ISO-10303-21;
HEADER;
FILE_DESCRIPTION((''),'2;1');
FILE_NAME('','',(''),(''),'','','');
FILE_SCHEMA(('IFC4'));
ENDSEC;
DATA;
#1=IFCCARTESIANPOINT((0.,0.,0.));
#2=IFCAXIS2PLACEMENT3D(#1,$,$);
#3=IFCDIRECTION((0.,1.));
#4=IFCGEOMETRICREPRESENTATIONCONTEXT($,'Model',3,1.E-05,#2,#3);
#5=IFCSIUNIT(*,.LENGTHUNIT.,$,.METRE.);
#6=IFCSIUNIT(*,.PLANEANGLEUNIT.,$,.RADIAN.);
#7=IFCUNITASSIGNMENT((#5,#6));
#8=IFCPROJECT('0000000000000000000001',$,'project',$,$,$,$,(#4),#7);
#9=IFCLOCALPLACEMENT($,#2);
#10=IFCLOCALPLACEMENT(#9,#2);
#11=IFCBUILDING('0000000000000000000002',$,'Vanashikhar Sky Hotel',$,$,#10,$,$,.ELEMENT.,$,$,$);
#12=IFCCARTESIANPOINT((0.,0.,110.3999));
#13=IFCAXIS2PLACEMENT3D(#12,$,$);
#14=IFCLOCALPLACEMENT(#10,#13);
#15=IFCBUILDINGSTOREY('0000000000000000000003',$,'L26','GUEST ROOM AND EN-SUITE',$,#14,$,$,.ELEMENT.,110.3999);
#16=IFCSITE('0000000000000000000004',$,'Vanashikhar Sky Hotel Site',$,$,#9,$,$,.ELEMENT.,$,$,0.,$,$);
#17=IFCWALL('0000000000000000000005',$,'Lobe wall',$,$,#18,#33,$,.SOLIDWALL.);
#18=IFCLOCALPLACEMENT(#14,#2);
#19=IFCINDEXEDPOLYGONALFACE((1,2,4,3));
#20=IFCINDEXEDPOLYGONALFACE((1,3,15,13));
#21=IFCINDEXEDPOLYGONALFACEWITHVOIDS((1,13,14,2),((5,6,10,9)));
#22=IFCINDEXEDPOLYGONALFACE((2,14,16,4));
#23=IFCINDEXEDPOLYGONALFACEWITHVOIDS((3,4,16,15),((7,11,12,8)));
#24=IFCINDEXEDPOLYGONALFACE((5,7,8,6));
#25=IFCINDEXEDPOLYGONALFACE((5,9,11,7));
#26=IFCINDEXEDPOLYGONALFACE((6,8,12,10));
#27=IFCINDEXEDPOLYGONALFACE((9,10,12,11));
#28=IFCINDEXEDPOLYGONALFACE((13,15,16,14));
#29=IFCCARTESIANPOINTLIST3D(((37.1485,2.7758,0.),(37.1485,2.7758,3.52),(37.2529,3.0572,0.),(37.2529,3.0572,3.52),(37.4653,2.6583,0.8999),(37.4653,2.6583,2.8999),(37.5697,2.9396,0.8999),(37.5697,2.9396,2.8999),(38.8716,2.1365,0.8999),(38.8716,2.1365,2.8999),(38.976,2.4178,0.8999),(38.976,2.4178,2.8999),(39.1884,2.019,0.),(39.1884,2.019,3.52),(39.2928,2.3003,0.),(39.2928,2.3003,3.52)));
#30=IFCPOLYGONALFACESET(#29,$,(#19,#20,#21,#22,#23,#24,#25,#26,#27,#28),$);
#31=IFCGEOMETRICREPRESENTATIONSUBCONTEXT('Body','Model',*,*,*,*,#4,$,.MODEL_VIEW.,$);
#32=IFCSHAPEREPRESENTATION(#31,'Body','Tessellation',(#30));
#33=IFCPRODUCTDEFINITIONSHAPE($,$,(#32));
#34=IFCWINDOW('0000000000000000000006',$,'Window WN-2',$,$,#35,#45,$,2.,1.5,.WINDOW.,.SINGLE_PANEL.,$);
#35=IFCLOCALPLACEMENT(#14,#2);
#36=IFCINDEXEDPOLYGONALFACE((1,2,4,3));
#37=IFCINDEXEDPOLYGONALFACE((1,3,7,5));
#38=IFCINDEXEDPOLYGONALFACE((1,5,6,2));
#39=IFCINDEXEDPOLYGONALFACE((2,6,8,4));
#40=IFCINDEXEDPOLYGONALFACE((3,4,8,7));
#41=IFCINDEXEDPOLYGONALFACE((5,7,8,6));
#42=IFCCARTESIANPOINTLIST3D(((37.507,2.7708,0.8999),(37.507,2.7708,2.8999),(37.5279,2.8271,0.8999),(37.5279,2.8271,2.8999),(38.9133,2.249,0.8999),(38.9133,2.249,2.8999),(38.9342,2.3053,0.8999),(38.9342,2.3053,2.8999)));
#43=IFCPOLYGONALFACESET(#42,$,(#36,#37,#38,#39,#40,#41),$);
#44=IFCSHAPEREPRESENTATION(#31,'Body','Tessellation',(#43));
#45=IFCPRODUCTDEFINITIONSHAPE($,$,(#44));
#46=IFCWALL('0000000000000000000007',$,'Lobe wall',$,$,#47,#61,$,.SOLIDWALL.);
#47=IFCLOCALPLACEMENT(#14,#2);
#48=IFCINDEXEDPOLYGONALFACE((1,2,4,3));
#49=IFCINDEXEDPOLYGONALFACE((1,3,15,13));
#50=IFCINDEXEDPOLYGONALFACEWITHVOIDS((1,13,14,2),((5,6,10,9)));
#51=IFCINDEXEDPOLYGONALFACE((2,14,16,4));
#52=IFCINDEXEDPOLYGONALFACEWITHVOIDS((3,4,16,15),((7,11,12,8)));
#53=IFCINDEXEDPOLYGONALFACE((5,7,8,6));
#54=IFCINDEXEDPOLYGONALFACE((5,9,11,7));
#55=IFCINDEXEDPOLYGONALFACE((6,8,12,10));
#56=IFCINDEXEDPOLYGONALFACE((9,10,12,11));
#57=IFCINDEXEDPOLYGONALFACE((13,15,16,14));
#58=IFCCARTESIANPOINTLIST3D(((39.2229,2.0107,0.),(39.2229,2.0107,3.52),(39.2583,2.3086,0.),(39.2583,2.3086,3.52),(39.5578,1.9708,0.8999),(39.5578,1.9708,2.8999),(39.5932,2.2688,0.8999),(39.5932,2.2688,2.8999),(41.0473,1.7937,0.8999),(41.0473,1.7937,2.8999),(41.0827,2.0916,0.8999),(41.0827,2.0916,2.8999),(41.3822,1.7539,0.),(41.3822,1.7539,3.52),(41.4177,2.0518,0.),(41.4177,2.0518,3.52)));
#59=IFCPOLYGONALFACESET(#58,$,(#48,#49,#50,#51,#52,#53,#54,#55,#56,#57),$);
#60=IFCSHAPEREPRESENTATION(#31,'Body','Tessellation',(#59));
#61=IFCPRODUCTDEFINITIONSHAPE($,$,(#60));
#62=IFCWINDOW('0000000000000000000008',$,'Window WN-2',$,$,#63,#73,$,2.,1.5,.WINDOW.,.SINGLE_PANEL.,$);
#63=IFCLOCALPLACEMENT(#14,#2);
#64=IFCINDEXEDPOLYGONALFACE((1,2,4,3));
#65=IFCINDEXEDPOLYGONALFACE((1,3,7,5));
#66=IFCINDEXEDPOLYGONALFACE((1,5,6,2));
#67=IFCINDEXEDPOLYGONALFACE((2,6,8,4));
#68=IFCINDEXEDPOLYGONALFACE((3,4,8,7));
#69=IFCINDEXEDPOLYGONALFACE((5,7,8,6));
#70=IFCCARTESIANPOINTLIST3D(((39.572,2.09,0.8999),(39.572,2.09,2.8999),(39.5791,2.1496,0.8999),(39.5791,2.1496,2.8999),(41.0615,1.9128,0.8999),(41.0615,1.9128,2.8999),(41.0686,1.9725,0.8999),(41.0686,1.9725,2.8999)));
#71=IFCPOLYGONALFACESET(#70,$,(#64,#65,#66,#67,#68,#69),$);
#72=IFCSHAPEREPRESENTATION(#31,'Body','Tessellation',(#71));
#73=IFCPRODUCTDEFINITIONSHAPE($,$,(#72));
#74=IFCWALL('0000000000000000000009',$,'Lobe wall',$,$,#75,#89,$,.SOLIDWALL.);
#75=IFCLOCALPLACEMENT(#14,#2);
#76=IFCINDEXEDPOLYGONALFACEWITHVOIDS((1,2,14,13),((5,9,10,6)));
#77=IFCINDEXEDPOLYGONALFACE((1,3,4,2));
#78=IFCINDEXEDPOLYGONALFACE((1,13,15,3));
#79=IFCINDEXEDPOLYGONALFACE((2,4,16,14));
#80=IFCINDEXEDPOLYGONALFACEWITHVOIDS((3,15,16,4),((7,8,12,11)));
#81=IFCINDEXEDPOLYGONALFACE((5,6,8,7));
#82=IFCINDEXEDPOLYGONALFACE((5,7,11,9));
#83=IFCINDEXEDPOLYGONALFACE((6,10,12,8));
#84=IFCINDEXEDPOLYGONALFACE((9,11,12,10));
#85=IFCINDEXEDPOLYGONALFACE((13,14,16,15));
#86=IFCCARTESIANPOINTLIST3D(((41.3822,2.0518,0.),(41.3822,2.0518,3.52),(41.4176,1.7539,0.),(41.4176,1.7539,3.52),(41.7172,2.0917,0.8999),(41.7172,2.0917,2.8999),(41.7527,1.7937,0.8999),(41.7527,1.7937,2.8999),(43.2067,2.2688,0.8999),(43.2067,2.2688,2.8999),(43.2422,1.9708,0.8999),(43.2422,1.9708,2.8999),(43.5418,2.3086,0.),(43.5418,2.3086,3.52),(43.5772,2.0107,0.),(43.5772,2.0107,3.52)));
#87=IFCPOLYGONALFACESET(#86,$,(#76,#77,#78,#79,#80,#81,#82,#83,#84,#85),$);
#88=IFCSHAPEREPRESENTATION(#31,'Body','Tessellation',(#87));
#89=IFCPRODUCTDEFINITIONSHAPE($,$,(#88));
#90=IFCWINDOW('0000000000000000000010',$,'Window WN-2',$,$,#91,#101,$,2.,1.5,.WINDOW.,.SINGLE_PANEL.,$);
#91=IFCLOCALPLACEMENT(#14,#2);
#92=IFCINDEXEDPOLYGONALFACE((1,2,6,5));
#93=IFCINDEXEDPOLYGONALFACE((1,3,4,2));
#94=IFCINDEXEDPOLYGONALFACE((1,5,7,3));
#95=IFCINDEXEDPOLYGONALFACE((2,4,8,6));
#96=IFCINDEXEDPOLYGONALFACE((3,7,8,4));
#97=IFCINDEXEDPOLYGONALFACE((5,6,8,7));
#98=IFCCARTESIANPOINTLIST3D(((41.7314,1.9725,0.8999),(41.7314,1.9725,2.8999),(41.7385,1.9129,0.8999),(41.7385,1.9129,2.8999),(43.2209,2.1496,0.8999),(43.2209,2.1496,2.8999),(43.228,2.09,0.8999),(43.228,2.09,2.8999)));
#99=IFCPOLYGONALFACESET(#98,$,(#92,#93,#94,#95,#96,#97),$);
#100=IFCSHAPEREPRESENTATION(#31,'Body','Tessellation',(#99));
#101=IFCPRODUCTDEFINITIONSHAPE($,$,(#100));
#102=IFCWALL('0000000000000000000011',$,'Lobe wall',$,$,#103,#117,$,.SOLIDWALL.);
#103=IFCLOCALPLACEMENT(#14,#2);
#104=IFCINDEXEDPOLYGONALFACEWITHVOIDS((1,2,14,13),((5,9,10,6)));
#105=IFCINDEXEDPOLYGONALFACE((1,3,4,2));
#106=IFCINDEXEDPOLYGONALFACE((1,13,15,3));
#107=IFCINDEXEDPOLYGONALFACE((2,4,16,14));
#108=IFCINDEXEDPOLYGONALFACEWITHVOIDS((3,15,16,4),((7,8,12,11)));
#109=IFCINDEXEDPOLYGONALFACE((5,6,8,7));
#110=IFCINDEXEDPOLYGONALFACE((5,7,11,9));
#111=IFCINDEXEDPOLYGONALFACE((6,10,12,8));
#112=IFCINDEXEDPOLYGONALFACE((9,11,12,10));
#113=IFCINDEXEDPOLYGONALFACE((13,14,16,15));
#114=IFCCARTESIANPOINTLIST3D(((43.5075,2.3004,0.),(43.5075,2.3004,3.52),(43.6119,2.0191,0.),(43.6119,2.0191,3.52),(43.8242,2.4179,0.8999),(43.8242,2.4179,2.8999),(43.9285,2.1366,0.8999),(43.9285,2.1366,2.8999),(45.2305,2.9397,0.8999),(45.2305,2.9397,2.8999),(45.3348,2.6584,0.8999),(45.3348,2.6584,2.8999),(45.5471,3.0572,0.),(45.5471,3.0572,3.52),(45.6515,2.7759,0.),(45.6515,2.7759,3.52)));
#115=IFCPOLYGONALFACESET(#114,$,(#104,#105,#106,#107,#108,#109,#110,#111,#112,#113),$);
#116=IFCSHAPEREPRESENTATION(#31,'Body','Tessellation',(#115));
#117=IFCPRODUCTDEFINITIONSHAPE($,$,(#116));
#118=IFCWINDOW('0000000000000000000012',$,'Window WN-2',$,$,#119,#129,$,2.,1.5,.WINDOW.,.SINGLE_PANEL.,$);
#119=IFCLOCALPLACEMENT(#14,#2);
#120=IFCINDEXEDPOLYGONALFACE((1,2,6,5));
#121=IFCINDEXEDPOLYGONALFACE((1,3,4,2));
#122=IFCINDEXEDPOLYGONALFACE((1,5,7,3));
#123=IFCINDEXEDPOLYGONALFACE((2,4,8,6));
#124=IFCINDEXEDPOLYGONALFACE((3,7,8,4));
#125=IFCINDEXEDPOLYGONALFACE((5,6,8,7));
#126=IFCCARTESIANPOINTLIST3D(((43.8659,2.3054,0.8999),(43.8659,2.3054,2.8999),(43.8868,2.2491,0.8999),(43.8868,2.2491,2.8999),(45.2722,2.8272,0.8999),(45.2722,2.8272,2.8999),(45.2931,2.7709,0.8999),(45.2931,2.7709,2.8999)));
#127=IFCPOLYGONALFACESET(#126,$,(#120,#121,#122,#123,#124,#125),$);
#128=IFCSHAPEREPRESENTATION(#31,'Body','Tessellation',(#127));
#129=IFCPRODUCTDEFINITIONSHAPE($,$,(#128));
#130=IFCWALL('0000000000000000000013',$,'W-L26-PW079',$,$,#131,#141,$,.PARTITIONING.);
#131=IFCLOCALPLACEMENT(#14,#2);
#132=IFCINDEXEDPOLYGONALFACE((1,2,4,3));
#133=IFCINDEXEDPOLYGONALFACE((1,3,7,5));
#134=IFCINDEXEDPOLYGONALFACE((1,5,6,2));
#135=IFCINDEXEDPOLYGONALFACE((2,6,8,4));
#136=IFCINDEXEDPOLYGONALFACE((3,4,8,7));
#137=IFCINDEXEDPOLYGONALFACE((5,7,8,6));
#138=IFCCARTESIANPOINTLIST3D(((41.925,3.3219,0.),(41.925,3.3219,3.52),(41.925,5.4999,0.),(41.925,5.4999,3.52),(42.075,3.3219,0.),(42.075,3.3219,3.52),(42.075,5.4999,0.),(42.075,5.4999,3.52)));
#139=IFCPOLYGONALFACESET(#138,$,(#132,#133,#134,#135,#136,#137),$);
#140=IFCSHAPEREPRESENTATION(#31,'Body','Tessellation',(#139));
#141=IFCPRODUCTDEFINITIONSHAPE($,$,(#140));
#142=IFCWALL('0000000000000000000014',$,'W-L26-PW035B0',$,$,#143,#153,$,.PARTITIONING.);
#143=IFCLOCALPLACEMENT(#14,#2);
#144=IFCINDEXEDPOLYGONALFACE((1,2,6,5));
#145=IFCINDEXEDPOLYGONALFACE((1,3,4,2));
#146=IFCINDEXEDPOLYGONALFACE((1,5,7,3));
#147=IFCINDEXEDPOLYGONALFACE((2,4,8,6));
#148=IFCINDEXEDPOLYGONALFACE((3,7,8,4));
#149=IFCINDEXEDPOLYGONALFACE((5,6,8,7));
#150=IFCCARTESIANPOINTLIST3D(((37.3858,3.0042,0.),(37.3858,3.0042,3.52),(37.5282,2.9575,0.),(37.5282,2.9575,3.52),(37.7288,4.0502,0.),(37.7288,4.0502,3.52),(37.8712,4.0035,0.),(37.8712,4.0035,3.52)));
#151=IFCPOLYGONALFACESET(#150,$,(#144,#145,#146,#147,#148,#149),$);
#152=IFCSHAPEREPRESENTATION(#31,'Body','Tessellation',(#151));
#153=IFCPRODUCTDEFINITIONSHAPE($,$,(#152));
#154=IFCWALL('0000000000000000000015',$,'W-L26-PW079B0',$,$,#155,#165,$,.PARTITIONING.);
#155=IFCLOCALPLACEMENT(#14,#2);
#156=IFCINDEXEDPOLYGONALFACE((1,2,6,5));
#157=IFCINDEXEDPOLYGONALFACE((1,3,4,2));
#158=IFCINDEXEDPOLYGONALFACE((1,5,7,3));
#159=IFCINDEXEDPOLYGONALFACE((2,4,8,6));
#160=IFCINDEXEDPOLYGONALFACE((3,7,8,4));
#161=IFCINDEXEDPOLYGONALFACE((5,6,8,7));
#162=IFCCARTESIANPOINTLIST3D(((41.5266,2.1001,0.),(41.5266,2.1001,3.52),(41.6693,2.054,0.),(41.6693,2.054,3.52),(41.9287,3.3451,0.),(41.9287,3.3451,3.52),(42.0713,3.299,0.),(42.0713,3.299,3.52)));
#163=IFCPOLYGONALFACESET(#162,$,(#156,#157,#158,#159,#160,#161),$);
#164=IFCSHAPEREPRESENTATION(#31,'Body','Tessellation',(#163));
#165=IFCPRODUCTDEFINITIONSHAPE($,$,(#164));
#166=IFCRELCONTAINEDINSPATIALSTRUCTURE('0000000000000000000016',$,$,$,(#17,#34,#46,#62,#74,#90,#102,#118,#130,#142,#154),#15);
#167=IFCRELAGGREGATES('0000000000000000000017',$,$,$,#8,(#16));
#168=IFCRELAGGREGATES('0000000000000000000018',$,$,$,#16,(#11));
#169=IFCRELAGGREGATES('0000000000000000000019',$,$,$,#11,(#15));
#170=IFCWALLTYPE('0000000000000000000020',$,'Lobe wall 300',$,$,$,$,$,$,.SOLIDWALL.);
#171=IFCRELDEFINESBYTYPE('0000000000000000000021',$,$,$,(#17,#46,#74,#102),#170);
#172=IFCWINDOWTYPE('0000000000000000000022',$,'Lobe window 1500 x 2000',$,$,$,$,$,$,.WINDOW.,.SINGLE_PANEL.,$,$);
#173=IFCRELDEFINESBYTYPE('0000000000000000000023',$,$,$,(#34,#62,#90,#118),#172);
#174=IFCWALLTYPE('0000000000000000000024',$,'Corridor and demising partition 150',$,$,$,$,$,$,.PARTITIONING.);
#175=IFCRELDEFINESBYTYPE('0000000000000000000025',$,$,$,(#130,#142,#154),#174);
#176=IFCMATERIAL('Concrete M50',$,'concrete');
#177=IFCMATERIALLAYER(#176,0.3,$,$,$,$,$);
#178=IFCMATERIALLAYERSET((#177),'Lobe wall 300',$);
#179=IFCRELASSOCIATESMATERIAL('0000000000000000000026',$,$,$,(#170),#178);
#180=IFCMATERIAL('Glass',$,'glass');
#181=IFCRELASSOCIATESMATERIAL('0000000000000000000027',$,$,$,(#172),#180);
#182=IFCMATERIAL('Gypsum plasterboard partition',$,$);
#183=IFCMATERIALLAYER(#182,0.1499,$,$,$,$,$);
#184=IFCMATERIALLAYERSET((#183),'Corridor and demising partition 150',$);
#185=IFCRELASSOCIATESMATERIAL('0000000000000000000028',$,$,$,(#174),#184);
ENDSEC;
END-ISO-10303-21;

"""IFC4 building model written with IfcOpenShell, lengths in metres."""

from ifc_helpers import new_model, si_unit, direction, frame, frame_2d, origin, place, context, subcontext, project, spatial, rectangle, extrude, source, transform, mapped, material, layer, layer_set, type_object, element, fill, save


model = new_model("IFC4")

# Units and contexts
model_context = context("Model", 3, precision=1e-05, world=origin(), true_north=direction((0.0, 1.0)))
body_context = subcontext(model_context, "Body", "Model", "MODEL_VIEW")
ifc_project = project(units=[si_unit("LENGTHUNIT", "METRE"), si_unit("PLANEANGLEUNIT", "RADIAN")], contexts=[model_context])

# Site, building, storey
site_placement = place(None, origin())
site = spatial("IfcSite", under=ifc_project, at=site_placement, Name="Vanashikhar Sky Hotel Site", CompositionType="ELEMENT", RefElevation=0.0)
building_placement = place(site_placement, origin())
building = spatial("IfcBuilding", under=site, at=building_placement, Name="Vanashikhar Sky Hotel", CompositionType="ELEMENT")
storey_placement = place(building_placement, frame((0.0, 0.0, 110.3999)))
storey = spatial("IfcBuildingStorey", under=building, at=storey_placement, Name="L26", Description="GUEST ROOM AND EN-SUITE", CompositionType="ELEMENT", Elevation=110.3999)

# Walls, openings, windows
ifc_material_1 = material(Name="Concrete M50", Category="concrete")
ifc_layer_1 = layer(ifc_material_1, 0.3)
ifc_layer_set_1 = layer_set([ifc_layer_1], Name="Lobe wall 300")
wall_type_1 = type_object("IfcWallType", Name="Lobe wall 300", PredefinedType="SOLIDWALL", material=ifc_layer_set_1)
shared_shape_1 = source(origin(), body_context, "Body", "SweptSolid", [
    extrude(rectangle(XDim=2.1758, YDim=0.3, at=frame_2d((1.0879, 0.0))), origin(), (0.0, 0.0, 1.0), 3.52),
])
wall_1_placement = place(storey_placement, frame((37.2007, 2.9165, 0.0), z_axis=(0.0, 0.0, 1.0), x_axis=(0.937546, -0.347863, 0.0)))
wall_1 = element("IfcWall", 1, at=wall_1_placement, inside=storey, type_object=wall_type_1, Name="Lobe wall", PredefinedType="SOLIDWALL", context=body_context, shape_type="MappedRepresentation", body=[
    mapped(shared_shape_1, transform((0.0, 0.0, 0.0), scale=1.0)),
])
shared_shape_2 = source(origin(), body_context, "Body", "SweptSolid", [
    extrude(rectangle(XDim=1.5, YDim=2.0, at=frame_2d((0.75, 1.0))), frame((0.0, 0.1602, 0.0), z_axis=(0.0, -1.0, 0.0), x_axis=(1.0, 0.0, 0.0)), (0.0, 0.0, 1.0), 0.3201),
])
opening_1_placement = place(wall_1_placement, frame((0.3379, 0.0, 0.8999)))
opening_1 = element("IfcOpeningElement", 2, at=opening_1_placement, cuts=wall_1, PredefinedType="OPENING", context=body_context, shape_type="MappedRepresentation", body=[
    mapped(shared_shape_2, transform((0.0, 0.0, 0.0), scale=1.0)),
])
ifc_material_2 = material(Name="Glass", Category="glass")
window_type = type_object("IfcWindowType", Name="Lobe window 1500 x 2000", PartitioningType="SINGLE_PANEL", PredefinedType="WINDOW", material=ifc_material_2)
shared_shape_3 = source(origin(), body_context, "Body", "SweptSolid", [
    extrude(rectangle(XDim=1.5, YDim=2.0, at=frame_2d((0.75, 1.0))), frame((0.0, 0.03, 0.0), z_axis=(0.0, -1.0, 0.0), x_axis=(1.0, 0.0, 0.0)), (0.0, 0.0, 1.0), 0.0601),
])
window_1_placement = place(opening_1_placement, origin())
window_1 = element("IfcWindow", 3, at=window_1_placement, inside=storey, type_object=window_type, Name="Window WN-2", OverallHeight=2.0, OverallWidth=1.5, PartitioningType="SINGLE_PANEL", PredefinedType="WINDOW", context=body_context, shape_type="MappedRepresentation", body=[
    mapped(shared_shape_3, transform((0.0, 0.0, 0.0), scale=1.0)),
])
fill(opening_1, window_1)
shared_shape_4 = source(origin(), body_context, "Body", "SweptSolid", [
    extrude(rectangle(XDim=2.1746, YDim=0.3, at=frame_2d((1.0874, 0.0))), origin(), (0.0, 0.0, 1.0), 3.52),
])
wall_2_placement = place(storey_placement, frame((39.2405, 2.1597, 0.0), z_axis=(0.0, 0.0, 1.0), x_axis=(0.993001, -0.118105, 0.0)))
wall_2 = element("IfcWall", 4, at=wall_2_placement, inside=storey, type_object=wall_type_1, Name="Lobe wall", PredefinedType="SOLIDWALL", context=body_context, shape_type="MappedRepresentation", body=[
    mapped(shared_shape_4, transform((0.0, 0.0, 0.0), scale=1.0)),
])
opening_2_placement = place(wall_2_placement, frame((0.3374, 0.0, 0.8999)))
opening_2 = element("IfcOpeningElement", 5, at=opening_2_placement, cuts=wall_2, PredefinedType="OPENING", context=body_context, shape_type="MappedRepresentation", body=[
    mapped(shared_shape_2, transform((0.0, 0.0, 0.0), scale=1.0)),
])
window_2_placement = place(opening_2_placement, origin())
window_2 = element("IfcWindow", 6, at=window_2_placement, inside=storey, type_object=window_type, Name="Window WN-2", OverallHeight=2.0, OverallWidth=1.5, PartitioningType="SINGLE_PANEL", PredefinedType="WINDOW", context=body_context, shape_type="MappedRepresentation", body=[
    mapped(shared_shape_3, transform((0.0, 0.0, 0.0), scale=1.0)),
])
fill(opening_2, window_2)
shared_shape_5 = source(origin(), body_context, "Body", "SweptSolid", [
    extrude(rectangle(XDim=2.1748, YDim=0.3, at=frame_2d((1.0874, 0.0))), origin(), (0.0, 0.0, 1.0), 3.52),
])
wall_3_placement = place(storey_placement, frame((41.3999, 1.9028, 0.0), z_axis=(0.0, 0.0, 1.0), x_axis=(0.993003, 0.118092, 0.0)))
wall_3 = element("IfcWall", 7, at=wall_3_placement, inside=storey, type_object=wall_type_1, Name="Lobe wall", PredefinedType="SOLIDWALL", context=body_context, shape_type="MappedRepresentation", body=[
    mapped(shared_shape_5, transform((0.0, 0.0, 0.0), scale=1.0)),
])
opening_3_placement = place(wall_3_placement, frame((0.3374, 0.0, 0.8999)))
opening_3 = element("IfcOpeningElement", 8, at=opening_3_placement, cuts=wall_3, PredefinedType="OPENING", context=body_context, shape_type="MappedRepresentation", body=[
    mapped(shared_shape_2, transform((0.0, 0.0, 0.0), scale=1.0)),
])
window_3_placement = place(opening_3_placement, origin())
window_3 = element("IfcWindow", 9, at=window_3_placement, inside=storey, type_object=window_type, Name="Window WN-2", OverallHeight=2.0, OverallWidth=1.5, PartitioningType="SINGLE_PANEL", PredefinedType="WINDOW", context=body_context, shape_type="MappedRepresentation", body=[
    mapped(shared_shape_3, transform((0.0, 0.0, 0.0), scale=1.0)),
])
fill(opening_3, window_3)
shared_shape_6 = source(origin(), body_context, "Body", "SweptSolid", [
    extrude(rectangle(XDim=2.1755, YDim=0.3, at=frame_2d((1.0879, 0.0))), origin(), (0.0, 0.0, 1.0), 3.52),
])
wall_4_placement = place(storey_placement, frame((43.5596, 2.1597, 0.0), z_axis=(0.0, 0.0, 1.0), x_axis=(0.937532, 0.347899, 0.0)))
wall_4 = element("IfcWall", 10, at=wall_4_placement, inside=storey, type_object=wall_type_1, Name="Lobe wall", PredefinedType="SOLIDWALL", context=body_context, shape_type="MappedRepresentation", body=[
    mapped(shared_shape_6, transform((0.0, 0.0, 0.0), scale=1.0)),
])
opening_4_placement = place(wall_4_placement, frame((0.3379, 0.0, 0.8999)))
opening_4 = element("IfcOpeningElement", 11, at=opening_4_placement, cuts=wall_4, PredefinedType="OPENING", context=body_context, shape_type="MappedRepresentation", body=[
    mapped(shared_shape_2, transform((0.0, 0.0, 0.0), scale=1.0)),
])
window_4_placement = place(opening_4_placement, origin())
window_4 = element("IfcWindow", 12, at=window_4_placement, inside=storey, type_object=window_type, Name="Window WN-2", OverallHeight=2.0, OverallWidth=1.5, PartitioningType="SINGLE_PANEL", PredefinedType="WINDOW", context=body_context, shape_type="MappedRepresentation", body=[
    mapped(shared_shape_3, transform((0.0, 0.0, 0.0), scale=1.0)),
])
fill(opening_4, window_4)

# Walls
ifc_material_3 = material(Name="Gypsum plasterboard partition")
ifc_layer_2 = layer(ifc_material_3, 0.1499)
ifc_layer_set_2 = layer_set([ifc_layer_2], Name="Corridor and demising partition 150")
wall_type_2 = type_object("IfcWallType", Name="Corridor and demising partition 150", PredefinedType="PARTITIONING", material=ifc_layer_set_2)
shared_shape_7 = source(origin(), body_context, "Body", "SweptSolid", [
    extrude(rectangle(XDim=2.178, YDim=0.1499, at=frame_2d((1.0889, 0.0))), origin(), (0.0, 0.0, 1.0), 3.52),
])
wall_5_placement = place(storey_placement, frame((42.0, 3.322, 0.0), z_axis=(0.0, 0.0, 1.0), x_axis=(0.0, 1.0, 0.0)))
element("IfcWall", 13, at=wall_5_placement, inside=storey, type_object=wall_type_2, Name="W-L26-PW079", PredefinedType="PARTITIONING", context=body_context, shape_type="MappedRepresentation", body=[
    mapped(shared_shape_7, transform((0.0, 0.0, 0.0), scale=1.0)),
])
shared_shape_8 = source(origin(), body_context, "Body", "SweptSolid", [
    extrude(rectangle(XDim=1.1008, YDim=0.1499, at=frame_2d((0.5503, 0.0))), origin(), (0.0, 0.0, 1.0), 3.52),
])
wall_6_placement = place(storey_placement, frame((37.457, 2.981, 0.0), z_axis=(0.0, 0.0, 1.0), x_axis=(0.311567, 0.950224, 0.0)))
element("IfcWall", 14, at=wall_6_placement, inside=storey, type_object=wall_type_2, Name="W-L26-PW035B0", PredefinedType="PARTITIONING", context=body_context, shape_type="MappedRepresentation", body=[
    mapped(shared_shape_8, transform((0.0, 0.0, 0.0), scale=1.0)),
])
shared_shape_9 = source(origin(), body_context, "Body", "SweptSolid", [
    extrude(rectangle(XDim=1.3083, YDim=0.1499, at=frame_2d((0.6543, 0.0))), origin(), (0.0, 0.0, 1.0), 3.52),
])
wall_7_placement = place(storey_placement, frame((41.5979, 2.0769, 0.0), z_axis=(0.0, 0.0, 1.0), x_axis=(0.307314, 0.951608, 0.0)))
element("IfcWall", 15, at=wall_7_placement, inside=storey, type_object=wall_type_2, Name="W-L26-PW079B0", PredefinedType="PARTITIONING", context=body_context, shape_type="MappedRepresentation", body=[
    mapped(shared_shape_9, transform((0.0, 0.0, 0.0), scale=1.0)),
])

save(model, "model.ifc")
